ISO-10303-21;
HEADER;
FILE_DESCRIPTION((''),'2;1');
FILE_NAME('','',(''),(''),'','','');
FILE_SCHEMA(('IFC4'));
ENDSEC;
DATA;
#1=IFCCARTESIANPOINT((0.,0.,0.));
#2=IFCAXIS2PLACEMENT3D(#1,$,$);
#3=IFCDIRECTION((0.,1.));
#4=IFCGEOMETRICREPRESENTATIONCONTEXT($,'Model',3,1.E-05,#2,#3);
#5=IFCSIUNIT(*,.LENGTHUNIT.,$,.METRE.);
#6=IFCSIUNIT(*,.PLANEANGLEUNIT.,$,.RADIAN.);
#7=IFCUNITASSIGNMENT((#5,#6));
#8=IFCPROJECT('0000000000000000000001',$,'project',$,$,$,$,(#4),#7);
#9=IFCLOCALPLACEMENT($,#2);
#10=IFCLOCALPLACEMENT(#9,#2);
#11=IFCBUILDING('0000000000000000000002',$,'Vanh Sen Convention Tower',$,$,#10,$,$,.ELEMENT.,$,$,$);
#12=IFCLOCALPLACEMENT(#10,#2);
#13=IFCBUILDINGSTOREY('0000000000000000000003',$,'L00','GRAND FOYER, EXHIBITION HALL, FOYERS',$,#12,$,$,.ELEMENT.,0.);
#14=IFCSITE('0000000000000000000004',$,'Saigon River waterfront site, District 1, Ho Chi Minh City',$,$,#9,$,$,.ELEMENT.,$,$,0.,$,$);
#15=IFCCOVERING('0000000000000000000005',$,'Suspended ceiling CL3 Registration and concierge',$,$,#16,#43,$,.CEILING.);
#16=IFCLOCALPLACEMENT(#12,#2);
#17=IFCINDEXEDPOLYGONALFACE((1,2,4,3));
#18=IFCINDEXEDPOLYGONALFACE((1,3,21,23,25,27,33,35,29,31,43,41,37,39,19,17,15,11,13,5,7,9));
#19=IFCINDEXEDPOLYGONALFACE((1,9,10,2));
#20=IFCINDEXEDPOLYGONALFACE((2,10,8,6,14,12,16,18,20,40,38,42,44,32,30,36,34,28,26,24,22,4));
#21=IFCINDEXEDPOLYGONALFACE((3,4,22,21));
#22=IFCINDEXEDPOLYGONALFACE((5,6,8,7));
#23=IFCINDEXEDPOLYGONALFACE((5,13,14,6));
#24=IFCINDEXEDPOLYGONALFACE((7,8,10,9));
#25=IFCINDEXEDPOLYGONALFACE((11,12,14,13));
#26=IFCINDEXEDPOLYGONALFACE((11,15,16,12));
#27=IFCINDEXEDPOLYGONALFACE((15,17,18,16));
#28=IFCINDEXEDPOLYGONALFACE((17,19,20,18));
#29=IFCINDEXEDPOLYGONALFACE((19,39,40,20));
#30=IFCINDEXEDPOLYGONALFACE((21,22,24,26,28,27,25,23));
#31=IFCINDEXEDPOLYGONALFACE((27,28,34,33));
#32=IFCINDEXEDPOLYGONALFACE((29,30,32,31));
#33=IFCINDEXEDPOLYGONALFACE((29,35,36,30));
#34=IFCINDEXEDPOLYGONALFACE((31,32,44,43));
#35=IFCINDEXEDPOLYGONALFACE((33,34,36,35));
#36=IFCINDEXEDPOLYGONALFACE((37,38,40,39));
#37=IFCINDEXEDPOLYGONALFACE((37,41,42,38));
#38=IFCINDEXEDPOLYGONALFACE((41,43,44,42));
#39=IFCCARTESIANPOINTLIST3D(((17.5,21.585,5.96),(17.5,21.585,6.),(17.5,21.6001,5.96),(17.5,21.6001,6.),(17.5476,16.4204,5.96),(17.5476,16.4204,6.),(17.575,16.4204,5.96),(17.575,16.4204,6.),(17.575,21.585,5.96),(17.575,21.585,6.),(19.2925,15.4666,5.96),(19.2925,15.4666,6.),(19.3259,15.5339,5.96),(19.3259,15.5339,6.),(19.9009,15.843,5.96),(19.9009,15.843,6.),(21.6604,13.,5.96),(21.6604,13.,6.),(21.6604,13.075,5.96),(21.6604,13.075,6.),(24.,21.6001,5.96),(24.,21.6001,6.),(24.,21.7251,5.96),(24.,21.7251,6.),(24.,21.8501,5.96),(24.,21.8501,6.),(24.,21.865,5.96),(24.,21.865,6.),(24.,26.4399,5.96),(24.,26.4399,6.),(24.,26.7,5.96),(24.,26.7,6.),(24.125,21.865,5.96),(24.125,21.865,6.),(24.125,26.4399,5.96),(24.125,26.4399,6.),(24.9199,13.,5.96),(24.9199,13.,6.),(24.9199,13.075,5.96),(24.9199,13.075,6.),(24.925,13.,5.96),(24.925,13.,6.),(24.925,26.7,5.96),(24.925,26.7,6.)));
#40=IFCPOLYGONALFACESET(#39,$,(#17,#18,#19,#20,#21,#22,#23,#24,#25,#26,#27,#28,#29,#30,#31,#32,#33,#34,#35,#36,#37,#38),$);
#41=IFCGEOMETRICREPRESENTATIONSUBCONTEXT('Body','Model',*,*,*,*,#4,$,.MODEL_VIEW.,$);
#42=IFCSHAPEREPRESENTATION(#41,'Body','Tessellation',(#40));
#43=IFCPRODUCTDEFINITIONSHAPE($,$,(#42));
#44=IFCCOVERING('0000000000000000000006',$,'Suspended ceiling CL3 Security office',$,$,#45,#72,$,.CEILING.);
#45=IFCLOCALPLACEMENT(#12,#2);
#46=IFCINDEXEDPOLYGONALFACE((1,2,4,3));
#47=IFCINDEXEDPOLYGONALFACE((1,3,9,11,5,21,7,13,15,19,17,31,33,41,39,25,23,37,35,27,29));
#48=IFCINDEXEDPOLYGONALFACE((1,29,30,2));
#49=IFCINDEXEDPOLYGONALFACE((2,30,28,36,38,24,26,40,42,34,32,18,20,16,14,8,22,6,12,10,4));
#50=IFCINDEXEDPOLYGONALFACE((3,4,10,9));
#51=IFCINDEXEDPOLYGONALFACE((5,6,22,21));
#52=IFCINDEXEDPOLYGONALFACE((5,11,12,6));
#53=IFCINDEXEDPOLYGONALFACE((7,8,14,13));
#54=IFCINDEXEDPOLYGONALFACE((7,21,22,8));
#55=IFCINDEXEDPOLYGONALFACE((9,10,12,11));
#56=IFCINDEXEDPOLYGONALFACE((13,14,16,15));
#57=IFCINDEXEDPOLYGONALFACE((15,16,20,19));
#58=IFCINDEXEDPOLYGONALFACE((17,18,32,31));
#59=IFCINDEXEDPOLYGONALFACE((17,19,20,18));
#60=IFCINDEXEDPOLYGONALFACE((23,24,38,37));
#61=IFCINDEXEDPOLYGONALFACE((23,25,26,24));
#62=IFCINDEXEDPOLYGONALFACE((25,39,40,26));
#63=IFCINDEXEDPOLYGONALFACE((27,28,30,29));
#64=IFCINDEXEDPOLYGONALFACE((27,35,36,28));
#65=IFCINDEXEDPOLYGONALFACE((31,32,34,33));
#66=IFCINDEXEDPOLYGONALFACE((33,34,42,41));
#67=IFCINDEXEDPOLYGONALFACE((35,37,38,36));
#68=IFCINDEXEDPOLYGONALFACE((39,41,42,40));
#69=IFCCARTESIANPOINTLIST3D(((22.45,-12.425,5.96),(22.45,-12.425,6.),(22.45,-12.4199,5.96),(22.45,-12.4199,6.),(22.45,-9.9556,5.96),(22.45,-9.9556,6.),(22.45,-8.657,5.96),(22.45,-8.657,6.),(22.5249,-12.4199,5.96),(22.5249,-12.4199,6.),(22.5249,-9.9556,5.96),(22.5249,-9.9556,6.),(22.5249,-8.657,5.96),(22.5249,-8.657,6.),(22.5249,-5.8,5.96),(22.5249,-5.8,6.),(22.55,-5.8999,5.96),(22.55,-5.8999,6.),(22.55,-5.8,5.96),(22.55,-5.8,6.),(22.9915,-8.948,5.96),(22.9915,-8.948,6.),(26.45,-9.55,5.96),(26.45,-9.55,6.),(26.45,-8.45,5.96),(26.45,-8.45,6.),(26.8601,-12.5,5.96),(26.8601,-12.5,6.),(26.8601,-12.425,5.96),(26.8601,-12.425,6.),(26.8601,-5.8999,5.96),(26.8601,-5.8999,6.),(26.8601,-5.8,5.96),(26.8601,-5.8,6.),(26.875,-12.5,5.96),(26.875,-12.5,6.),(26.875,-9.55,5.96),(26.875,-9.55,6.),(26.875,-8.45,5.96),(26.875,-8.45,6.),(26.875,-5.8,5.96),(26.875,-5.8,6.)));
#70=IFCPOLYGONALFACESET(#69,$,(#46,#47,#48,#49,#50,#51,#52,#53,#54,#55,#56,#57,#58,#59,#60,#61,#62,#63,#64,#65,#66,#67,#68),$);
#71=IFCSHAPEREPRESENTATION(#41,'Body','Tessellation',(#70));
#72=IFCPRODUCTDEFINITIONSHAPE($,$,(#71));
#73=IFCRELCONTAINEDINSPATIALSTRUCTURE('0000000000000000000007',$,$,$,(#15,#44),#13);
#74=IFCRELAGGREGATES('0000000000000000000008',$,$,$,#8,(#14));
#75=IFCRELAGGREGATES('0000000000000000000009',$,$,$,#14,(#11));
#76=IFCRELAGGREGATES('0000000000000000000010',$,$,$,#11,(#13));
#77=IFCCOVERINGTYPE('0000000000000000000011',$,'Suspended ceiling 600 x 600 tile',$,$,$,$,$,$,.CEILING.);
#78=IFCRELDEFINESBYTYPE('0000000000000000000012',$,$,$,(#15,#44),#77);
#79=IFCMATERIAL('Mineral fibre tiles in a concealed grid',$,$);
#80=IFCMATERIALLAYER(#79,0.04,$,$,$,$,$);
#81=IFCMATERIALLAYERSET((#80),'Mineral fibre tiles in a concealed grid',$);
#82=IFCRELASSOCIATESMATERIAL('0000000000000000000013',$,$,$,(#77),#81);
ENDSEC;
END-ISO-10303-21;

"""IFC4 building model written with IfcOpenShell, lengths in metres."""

from ifc_helpers import new_model, si_unit, direction, frame, origin, place, context, subcontext, project, spatial, polyline, outline, extrude, material, layer, layer_set, type_object, element, save


model = new_model("IFC4")

# Units and contexts
model_context = context("Model", 3, precision=1e-05, world=origin(), true_north=direction((0.0, 1.0)))
body_context = subcontext(model_context, "Body", "Model", "MODEL_VIEW")
ifc_project = project(units=[si_unit("LENGTHUNIT", "METRE"), si_unit("PLANEANGLEUNIT", "RADIAN")], contexts=[model_context])

# Site, building, storey
site_placement = place(None, origin())
site = spatial("IfcSite", under=ifc_project, at=site_placement, Name="Saigon River waterfront site, District 1, Ho Chi Minh City", CompositionType="ELEMENT", RefElevation=0.0)
building_placement = place(site_placement, origin())
building = spatial("IfcBuilding", under=site, at=building_placement, Name="Vanh Sen Convention Tower", CompositionType="ELEMENT")
storey_placement = place(building_placement, origin())
storey = spatial("IfcBuildingStorey", under=building, at=storey_placement, Name="L00", Description="GRAND FOYER, EXHIBITION HALL, FOYERS", CompositionType="ELEMENT", Elevation=0.0)

# Coverings
ifc_material_1 = material(Name="Mineral fibre tiles in a concealed grid")
ifc_layer_1 = layer(ifc_material_1, 0.04)
ifc_layer_set_1 = layer_set([ifc_layer_1], Name="Mineral fibre tiles in a concealed grid")
covering_type = type_object("IfcCoveringType", Name="Suspended ceiling 600 x 600 tile", PredefinedType="CEILING", material=ifc_layer_set_1)
covering_1_placement = place(storey_placement, frame((0.0, 0.0, 5.96)))
element("IfcCovering", 1, at=covering_1_placement, inside=storey, type_object=covering_type, Name="Suspended ceiling CL3 Registration and concierge", PredefinedType="CEILING", context=body_context, shape_type="SweptSolid", body=[
    extrude(outline(polyline([(24.9199, 13.075), (24.9199, 13.0), (24.925, 13.0), (24.925, 26.7), (24.0, 26.7), (24.0, 26.4399), (24.125, 26.4399), (24.125, 21.865), (24.0, 21.865), (24.0, 21.8501), (24.0, 21.7251), (24.0, 21.6001), (17.5, 21.6001), (17.5, 21.585), (17.575, 21.585), (17.575, 16.4204), (17.5476, 16.4204), (19.3259, 15.5339), (19.2925, 15.4666), (19.9009, 15.843), (21.6604, 13.0), (21.6604, 13.0), (21.6604, 13.075), (24.9199, 13.075)])), origin(), (0.0, 0.0, 1.0), 0.04),
])
covering_2_placement = place(storey_placement, frame((0.0, 0.0, 5.96)))
element("IfcCovering", 2, at=covering_2_placement, inside=storey, type_object=covering_type, Name="Suspended ceiling CL3 Security office", PredefinedType="CEILING", context=body_context, shape_type="SweptSolid", body=[
    extrude(outline(polyline([(22.5249, -8.657), (22.45, -8.657), (22.45, -8.657), (22.9915, -8.948), (22.45, -9.9556), (22.5249, -9.9556), (22.5249, -12.4199), (22.45, -12.4199), (22.45, -12.425), (26.8601, -12.425), (26.8601, -12.5), (26.875, -12.5), (26.875, -9.55), (26.45, -9.55), (26.45, -8.45), (26.875, -8.45), (26.875, -5.8), (26.8601, -5.8), (26.8601, -5.8999), (22.55, -5.8999), (22.55, -5.8), (22.5249, -5.8), (22.5249, -8.657)])), origin(), (0.0, 0.0, 1.0), 0.04),
])

save(model, "model.ifc")
